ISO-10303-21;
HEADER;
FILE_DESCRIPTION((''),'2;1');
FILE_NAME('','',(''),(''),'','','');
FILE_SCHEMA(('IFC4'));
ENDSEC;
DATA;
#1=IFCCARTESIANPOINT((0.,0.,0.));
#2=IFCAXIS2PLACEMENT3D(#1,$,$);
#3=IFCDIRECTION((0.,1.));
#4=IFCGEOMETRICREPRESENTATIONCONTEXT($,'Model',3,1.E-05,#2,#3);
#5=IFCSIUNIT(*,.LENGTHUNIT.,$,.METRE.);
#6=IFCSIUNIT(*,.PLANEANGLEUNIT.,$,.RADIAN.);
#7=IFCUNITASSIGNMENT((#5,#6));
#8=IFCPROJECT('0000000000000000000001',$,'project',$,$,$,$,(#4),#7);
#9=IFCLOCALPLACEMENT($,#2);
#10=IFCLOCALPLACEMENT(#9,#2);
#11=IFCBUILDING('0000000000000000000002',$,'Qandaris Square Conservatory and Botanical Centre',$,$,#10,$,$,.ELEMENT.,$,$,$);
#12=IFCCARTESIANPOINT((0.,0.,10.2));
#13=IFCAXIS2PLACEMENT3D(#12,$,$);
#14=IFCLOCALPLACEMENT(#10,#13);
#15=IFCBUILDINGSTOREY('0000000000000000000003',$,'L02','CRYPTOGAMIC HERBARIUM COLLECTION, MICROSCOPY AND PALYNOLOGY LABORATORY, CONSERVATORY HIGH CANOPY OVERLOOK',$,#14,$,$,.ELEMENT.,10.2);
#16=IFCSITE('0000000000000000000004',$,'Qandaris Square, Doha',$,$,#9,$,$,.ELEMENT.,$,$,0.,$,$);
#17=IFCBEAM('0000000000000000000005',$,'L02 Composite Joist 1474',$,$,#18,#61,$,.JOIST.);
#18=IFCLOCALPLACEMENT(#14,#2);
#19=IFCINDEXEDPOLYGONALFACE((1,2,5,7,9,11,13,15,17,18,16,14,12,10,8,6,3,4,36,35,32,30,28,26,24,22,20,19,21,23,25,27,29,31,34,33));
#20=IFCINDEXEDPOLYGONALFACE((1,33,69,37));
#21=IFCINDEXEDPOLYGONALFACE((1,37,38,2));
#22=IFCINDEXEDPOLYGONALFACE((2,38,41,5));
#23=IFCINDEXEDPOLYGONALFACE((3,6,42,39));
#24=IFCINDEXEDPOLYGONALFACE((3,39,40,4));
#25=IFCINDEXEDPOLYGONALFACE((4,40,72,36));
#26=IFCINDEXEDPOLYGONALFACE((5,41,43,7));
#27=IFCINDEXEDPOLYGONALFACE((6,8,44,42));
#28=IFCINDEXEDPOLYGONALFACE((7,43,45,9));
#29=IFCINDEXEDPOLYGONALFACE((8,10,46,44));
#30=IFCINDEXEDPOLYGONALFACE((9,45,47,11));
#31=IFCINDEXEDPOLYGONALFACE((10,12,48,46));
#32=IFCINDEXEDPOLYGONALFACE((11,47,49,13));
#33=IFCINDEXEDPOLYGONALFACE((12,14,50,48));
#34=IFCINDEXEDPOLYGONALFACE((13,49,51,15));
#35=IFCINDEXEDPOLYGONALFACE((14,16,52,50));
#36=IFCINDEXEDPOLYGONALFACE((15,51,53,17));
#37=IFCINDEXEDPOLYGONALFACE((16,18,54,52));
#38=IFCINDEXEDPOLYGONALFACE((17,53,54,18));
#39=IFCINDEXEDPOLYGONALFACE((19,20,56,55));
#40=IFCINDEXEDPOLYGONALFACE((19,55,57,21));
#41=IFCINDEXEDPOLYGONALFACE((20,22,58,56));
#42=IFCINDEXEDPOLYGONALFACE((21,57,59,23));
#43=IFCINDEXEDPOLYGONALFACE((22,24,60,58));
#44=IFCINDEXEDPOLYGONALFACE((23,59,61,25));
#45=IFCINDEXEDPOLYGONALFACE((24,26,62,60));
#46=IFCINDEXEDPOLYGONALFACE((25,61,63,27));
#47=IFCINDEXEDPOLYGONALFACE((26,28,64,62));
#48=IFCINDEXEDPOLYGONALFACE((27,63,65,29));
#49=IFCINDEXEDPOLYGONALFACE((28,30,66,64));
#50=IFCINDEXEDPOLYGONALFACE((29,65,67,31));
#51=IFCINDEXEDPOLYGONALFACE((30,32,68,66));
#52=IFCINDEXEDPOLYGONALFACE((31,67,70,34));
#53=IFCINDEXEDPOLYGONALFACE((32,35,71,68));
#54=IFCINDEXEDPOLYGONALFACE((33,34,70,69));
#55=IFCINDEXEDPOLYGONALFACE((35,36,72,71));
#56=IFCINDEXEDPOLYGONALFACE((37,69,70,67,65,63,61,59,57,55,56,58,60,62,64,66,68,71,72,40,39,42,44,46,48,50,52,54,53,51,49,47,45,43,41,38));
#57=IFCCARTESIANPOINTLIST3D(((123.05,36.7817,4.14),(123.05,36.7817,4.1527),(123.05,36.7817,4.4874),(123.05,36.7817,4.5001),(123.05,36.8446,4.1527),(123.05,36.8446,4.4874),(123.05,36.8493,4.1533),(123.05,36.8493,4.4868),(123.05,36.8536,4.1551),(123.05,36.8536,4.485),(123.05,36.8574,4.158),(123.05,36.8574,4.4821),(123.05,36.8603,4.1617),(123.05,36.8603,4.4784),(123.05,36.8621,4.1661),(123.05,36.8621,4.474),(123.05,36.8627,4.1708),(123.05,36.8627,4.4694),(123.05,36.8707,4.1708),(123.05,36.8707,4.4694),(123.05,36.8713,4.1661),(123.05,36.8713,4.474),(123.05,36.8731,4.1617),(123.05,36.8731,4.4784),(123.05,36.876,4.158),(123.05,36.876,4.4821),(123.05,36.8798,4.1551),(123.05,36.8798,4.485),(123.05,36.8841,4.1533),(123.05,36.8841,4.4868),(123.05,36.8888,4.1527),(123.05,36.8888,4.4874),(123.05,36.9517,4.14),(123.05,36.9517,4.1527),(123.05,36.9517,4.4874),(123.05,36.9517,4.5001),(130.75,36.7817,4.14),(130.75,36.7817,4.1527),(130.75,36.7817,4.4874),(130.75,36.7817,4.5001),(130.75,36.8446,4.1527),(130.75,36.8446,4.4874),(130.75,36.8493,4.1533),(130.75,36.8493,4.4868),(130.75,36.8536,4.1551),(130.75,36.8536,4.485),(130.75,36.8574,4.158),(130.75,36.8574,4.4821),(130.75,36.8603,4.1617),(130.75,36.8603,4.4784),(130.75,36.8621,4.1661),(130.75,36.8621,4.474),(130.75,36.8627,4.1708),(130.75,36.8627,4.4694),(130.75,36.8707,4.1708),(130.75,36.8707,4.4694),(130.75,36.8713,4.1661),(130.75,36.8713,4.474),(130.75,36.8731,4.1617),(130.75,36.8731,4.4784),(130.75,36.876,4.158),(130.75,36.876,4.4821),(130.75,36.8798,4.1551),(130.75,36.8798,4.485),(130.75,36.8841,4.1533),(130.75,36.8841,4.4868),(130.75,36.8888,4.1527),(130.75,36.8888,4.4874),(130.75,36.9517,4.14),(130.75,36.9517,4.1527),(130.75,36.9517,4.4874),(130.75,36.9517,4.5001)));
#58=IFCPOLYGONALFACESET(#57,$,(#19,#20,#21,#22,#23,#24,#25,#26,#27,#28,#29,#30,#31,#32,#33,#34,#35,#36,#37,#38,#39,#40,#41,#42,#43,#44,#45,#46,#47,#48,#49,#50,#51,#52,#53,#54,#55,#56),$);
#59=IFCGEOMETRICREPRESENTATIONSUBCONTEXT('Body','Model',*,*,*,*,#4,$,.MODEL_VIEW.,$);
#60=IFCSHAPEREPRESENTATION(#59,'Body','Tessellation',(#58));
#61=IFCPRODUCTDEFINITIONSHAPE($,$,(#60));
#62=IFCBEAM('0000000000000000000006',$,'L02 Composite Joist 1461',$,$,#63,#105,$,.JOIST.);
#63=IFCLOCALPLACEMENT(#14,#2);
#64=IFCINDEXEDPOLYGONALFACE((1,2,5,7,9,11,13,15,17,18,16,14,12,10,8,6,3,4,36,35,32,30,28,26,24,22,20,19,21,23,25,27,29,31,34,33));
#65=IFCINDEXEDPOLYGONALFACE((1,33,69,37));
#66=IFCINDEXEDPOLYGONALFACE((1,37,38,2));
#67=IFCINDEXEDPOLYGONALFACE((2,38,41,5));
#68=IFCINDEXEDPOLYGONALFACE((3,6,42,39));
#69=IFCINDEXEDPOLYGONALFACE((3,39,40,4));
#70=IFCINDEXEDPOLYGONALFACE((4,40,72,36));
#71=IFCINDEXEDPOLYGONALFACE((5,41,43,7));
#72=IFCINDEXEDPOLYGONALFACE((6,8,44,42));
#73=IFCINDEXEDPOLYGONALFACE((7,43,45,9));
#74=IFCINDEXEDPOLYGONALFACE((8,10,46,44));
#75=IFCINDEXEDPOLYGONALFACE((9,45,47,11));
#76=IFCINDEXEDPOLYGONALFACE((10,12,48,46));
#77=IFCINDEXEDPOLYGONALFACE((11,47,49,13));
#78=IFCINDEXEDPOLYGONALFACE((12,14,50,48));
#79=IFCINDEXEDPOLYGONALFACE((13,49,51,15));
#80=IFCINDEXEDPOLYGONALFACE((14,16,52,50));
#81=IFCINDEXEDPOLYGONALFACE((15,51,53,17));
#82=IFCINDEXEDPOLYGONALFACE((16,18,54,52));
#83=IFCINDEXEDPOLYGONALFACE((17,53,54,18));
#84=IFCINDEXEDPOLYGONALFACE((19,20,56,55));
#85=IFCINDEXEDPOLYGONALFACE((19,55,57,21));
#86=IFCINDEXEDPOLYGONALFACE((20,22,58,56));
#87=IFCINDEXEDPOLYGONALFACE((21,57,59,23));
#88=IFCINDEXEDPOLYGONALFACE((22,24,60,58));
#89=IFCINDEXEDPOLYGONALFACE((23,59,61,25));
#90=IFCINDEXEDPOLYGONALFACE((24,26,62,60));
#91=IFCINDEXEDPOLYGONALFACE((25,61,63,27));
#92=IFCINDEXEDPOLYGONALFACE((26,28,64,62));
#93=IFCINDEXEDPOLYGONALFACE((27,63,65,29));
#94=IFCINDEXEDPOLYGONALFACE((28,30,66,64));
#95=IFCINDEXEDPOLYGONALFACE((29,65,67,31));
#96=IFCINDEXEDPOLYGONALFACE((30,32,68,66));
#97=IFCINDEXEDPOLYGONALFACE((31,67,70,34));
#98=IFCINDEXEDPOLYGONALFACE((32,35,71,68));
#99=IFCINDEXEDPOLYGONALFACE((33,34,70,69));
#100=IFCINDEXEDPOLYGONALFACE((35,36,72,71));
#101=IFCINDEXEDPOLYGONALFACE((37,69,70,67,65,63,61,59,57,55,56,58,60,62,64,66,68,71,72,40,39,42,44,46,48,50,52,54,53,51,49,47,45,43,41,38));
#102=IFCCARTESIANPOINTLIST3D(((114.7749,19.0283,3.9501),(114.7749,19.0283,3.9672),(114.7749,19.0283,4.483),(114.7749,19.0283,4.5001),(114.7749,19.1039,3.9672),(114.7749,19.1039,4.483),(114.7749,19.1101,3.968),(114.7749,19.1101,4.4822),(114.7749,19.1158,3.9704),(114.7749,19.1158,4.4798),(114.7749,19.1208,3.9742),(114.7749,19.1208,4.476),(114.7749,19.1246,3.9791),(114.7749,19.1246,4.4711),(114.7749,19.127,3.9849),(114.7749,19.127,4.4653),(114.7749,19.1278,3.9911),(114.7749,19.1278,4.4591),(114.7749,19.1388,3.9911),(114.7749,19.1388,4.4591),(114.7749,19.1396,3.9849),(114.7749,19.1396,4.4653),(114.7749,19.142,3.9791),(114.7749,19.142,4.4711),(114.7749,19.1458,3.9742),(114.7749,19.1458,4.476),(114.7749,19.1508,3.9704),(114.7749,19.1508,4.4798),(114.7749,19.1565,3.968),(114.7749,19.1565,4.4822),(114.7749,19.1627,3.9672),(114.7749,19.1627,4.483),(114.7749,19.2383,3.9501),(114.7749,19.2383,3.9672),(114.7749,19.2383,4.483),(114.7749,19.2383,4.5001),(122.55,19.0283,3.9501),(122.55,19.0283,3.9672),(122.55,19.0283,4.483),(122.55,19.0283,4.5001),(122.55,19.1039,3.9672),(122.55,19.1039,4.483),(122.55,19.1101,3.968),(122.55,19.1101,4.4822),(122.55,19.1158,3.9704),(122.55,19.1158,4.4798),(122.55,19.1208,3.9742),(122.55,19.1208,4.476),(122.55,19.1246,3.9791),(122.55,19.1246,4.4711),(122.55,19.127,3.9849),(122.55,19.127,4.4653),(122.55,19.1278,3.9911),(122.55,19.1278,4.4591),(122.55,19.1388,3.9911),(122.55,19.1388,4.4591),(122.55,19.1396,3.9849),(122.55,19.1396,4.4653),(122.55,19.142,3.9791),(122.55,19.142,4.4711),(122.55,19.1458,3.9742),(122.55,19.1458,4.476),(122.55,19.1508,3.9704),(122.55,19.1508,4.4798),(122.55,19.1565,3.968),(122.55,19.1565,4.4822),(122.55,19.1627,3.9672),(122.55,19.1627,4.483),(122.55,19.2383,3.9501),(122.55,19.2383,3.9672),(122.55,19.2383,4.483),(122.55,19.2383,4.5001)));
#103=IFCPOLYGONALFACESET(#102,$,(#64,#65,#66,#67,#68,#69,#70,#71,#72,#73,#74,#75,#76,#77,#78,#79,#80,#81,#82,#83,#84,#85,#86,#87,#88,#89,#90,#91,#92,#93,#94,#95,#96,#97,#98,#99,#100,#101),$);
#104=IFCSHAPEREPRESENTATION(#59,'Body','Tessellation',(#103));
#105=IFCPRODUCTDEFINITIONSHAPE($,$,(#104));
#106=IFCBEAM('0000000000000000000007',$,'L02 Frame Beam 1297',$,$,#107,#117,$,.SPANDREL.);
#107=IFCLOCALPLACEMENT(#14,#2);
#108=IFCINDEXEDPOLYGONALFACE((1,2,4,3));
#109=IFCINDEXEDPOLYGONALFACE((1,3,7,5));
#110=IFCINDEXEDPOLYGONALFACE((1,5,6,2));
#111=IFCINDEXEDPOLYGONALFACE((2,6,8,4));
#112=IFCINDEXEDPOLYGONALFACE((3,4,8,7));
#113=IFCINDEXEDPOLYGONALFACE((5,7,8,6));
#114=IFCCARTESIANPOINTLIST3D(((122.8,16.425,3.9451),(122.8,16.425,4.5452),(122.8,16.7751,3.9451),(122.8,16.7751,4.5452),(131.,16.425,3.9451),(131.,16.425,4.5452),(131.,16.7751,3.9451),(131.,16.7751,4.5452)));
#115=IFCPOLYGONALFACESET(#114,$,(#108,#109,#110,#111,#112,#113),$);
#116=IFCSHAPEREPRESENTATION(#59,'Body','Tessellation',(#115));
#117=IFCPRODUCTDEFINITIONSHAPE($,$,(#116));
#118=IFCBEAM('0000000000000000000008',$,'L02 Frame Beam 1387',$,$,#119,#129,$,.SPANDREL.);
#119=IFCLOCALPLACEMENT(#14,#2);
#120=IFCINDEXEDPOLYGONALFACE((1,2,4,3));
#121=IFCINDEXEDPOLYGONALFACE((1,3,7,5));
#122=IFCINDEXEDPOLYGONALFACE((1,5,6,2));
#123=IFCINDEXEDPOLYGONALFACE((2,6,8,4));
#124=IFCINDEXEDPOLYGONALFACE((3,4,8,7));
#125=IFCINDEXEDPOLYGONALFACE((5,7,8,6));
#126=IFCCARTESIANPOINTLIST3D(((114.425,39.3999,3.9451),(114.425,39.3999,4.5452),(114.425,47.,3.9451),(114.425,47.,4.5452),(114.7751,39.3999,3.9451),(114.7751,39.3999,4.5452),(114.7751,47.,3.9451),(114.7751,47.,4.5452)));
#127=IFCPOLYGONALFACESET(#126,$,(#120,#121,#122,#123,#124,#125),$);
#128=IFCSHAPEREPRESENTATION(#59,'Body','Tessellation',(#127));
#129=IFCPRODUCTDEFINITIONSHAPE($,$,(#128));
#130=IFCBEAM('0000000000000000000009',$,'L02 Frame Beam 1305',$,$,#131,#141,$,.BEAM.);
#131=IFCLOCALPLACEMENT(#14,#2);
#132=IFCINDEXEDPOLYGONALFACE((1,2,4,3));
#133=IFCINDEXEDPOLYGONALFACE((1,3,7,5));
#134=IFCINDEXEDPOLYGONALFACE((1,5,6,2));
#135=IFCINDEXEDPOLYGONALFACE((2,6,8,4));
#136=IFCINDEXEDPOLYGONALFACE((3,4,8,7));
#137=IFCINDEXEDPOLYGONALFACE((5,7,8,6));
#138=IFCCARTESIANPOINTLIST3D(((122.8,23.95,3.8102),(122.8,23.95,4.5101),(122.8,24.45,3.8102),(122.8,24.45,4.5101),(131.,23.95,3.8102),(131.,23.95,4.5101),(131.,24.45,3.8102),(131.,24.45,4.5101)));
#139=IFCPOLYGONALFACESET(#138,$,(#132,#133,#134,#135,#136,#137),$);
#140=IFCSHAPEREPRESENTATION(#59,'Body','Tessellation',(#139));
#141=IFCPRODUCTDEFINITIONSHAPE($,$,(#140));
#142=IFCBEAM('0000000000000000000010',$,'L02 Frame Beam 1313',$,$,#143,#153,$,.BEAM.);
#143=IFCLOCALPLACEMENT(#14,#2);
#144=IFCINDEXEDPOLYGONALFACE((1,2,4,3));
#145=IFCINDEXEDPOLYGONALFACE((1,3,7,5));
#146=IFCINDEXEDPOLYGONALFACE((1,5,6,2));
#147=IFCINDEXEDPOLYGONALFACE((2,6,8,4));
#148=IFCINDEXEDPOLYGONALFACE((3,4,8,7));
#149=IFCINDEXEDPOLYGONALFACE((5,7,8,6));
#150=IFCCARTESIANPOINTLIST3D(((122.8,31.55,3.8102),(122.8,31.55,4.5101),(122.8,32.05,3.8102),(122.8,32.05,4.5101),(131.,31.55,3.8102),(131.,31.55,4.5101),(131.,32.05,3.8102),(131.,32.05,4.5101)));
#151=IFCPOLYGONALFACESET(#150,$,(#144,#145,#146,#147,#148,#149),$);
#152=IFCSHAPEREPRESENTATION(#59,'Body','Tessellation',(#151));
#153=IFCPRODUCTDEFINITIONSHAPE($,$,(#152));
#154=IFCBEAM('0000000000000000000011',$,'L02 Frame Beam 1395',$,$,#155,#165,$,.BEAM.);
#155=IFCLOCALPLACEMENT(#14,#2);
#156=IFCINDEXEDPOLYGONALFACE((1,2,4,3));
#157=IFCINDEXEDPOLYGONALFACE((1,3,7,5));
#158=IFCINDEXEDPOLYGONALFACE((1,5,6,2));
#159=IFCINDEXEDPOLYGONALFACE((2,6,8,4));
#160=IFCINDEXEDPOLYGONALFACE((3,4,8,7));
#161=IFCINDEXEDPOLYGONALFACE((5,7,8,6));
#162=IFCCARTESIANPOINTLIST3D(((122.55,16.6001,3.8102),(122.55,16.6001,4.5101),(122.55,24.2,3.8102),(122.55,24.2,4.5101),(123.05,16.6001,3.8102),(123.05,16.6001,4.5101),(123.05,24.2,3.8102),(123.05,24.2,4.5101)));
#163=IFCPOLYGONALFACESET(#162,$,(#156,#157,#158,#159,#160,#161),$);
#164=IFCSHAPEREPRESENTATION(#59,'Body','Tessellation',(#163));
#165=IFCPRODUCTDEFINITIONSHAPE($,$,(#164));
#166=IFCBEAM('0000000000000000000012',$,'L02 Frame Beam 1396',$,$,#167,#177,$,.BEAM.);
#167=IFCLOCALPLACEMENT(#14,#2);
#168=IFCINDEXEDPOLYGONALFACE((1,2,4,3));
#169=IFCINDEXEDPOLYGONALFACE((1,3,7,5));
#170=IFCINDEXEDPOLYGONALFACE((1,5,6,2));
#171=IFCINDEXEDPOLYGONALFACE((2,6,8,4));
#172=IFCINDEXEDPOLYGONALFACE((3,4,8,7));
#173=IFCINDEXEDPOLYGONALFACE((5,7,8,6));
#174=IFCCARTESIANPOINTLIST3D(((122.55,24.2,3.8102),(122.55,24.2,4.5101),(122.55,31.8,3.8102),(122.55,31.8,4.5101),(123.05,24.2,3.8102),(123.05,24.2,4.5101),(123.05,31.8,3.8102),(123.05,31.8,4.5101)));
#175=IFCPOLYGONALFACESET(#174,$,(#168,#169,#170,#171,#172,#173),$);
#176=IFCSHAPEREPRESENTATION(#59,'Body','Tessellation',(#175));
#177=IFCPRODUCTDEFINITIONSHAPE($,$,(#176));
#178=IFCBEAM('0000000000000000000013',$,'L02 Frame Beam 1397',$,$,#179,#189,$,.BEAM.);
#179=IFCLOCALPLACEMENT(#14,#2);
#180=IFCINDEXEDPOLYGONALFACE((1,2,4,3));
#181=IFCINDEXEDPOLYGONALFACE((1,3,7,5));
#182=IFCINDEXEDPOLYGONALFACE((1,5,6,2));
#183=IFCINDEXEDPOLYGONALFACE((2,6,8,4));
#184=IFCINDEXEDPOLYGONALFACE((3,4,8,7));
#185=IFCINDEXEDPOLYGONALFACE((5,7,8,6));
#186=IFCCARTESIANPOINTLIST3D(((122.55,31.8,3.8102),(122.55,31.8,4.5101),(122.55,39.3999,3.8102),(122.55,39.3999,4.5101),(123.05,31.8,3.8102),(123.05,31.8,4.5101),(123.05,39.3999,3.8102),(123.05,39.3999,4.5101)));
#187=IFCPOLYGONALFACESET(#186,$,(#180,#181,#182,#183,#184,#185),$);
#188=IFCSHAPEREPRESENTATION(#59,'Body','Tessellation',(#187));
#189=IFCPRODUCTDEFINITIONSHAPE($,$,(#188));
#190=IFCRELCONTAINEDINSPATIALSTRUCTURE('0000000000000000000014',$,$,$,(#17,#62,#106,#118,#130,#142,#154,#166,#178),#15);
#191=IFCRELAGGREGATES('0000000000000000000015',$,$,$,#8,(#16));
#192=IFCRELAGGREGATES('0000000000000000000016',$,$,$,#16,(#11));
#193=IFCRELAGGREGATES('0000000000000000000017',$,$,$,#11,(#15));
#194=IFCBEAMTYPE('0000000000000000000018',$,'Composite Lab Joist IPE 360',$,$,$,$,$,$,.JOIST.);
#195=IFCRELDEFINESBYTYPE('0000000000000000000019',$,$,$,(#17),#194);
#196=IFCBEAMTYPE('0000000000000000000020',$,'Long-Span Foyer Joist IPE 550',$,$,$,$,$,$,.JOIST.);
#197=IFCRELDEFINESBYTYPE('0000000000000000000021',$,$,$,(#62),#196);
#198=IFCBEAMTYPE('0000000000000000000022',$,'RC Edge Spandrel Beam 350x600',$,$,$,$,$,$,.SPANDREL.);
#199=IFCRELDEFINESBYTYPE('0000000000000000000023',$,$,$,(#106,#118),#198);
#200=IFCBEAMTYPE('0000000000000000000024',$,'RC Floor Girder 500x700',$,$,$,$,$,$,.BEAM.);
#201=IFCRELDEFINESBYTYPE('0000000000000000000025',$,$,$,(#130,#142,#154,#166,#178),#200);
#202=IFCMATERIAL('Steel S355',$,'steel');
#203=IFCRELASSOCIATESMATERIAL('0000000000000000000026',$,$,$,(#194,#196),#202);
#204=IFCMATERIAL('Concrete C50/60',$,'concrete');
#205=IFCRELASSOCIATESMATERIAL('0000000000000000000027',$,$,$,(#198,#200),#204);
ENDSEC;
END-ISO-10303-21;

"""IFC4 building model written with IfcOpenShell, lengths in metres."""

from ifc_helpers import new_model, si_unit, direction, frame, origin, origin_2d, place, context, subcontext, project, spatial, rectangle, i_section, extrude, material, material_profile, profile_set, type_object, element, save


model = new_model("IFC4")

# Units and contexts
model_context = context("Model", 3, precision=1e-05, world=origin(), true_north=direction((0.0, 1.0)))
body_context = subcontext(model_context, "Body", "Model", "MODEL_VIEW")
ifc_project = project(units=[si_unit("LENGTHUNIT", "METRE"), si_unit("PLANEANGLEUNIT", "RADIAN")], contexts=[model_context])

# Site, building, storey
site_placement = place(None, origin())
site = spatial("IfcSite", under=ifc_project, at=site_placement, Name="Qandaris Square, Doha", CompositionType="ELEMENT", RefElevation=0.0)
building_placement = place(site_placement, origin())
building = spatial("IfcBuilding", under=site, at=building_placement, Name="Qandaris Square Conservatory and Botanical Centre", CompositionType="ELEMENT")
storey_placement = place(building_placement, frame((0.0, 0.0, 10.2)))
storey = spatial("IfcBuildingStorey", under=building, at=storey_placement, Name="L02", Description="CRYPTOGAMIC HERBARIUM COLLECTION, MICROSCOPY AND PALYNOLOGY LABORATORY, CONSERVATORY HIGH CANOPY OVERLOOK", CompositionType="ELEMENT", Elevation=10.2)

# Shared definitions
ifc_material_1 = material(Name="Concrete C50/60", Category="concrete")

# Beams
ifc_material_2 = material(Name="Steel S355", Category="steel")
ifc_material_profile_1 = material_profile(ifc_material_2, i_section(OverallWidth=0.1699, OverallDepth=0.3601, WebThickness=0.0081, FlangeThickness=0.0127, FilletRadius=0.0181, at=origin_2d()), Name="IPE 360")
ifc_profile_set_1 = profile_set([ifc_material_profile_1], Name="Steel S355")
beam_type_1 = type_object("IfcBeamType", Name="Composite Lab Joist IPE 360", PredefinedType="JOIST", material=ifc_profile_set_1)
beam_1_placement = place(storey_placement, frame((123.05, 36.8667, 4.3201), z_axis=(1.0, 0.0, 0.0), x_axis=(0.0, 1.0, 0.0)))
element("IfcBeam", 1, at=beam_1_placement, inside=storey, type_object=beam_type_1, Name="L02 Composite Joist 1474", PredefinedType="JOIST", context=body_context, shape_type="SweptSolid", body=[
    extrude(i_section(OverallWidth=0.1699, OverallDepth=0.3601, WebThickness=0.0081, FlangeThickness=0.0127, FilletRadius=0.0181, at=origin_2d()), origin(), (0.0, 0.0, 1.0), 7.7),
])
ifc_material_profile_2 = material_profile(ifc_material_2, i_section(OverallWidth=0.21, OverallDepth=0.55, WebThickness=0.011, FlangeThickness=0.0171, FilletRadius=0.0239, at=origin_2d()), Name="IPE 550")
ifc_profile_set_2 = profile_set([ifc_material_profile_2], Name="Steel S355")
beam_type_2 = type_object("IfcBeamType", Name="Long-Span Foyer Joist IPE 550", PredefinedType="JOIST", material=ifc_profile_set_2)
beam_2_placement = place(storey_placement, frame((114.7749, 19.1333, 4.2251), z_axis=(1.0, 0.0, 0.0), x_axis=(0.0, 1.0, 0.0)))
element("IfcBeam", 2, at=beam_2_placement, inside=storey, type_object=beam_type_2, Name="L02 Composite Joist 1461", PredefinedType="JOIST", context=body_context, shape_type="SweptSolid", body=[
    extrude(i_section(OverallWidth=0.21, OverallDepth=0.55, WebThickness=0.011, FlangeThickness=0.0171, FilletRadius=0.0239, at=origin_2d()), origin(), (0.0, 0.0, 1.0), 7.7751),
])
ifc_material_profile_3 = material_profile(ifc_material_1, rectangle(XDim=0.3501, YDim=0.6001, at=origin_2d()), Name="RC-SP 350x600")
ifc_profile_set_3 = profile_set([ifc_material_profile_3], Name="Concrete C50/60")
beam_type_3 = type_object("IfcBeamType", Name="RC Edge Spandrel Beam 350x600", PredefinedType="SPANDREL", material=ifc_profile_set_3)
beam_3_placement = place(storey_placement, frame((122.8, 16.6001, 4.2451), z_axis=(1.0, 0.0, 0.0), x_axis=(0.0, 1.0, 0.0)))
element("IfcBeam", 3, at=beam_3_placement, inside=storey, type_object=beam_type_3, Name="L02 Frame Beam 1297", PredefinedType="SPANDREL", context=body_context, shape_type="SweptSolid", body=[
    extrude(rectangle(XDim=0.3501, YDim=0.6001, at=origin_2d()), origin(), (0.0, 0.0, 1.0), 8.2),
])
beam_4_placement = place(storey_placement, frame((114.6001, 39.3999, 4.2451), z_axis=(0.0, 1.0, 0.0), x_axis=(-1.0, 0.0, 0.0)))
element("IfcBeam", 4, at=beam_4_placement, inside=storey, type_object=beam_type_3, Name="L02 Frame Beam 1387", PredefinedType="SPANDREL", context=body_context, shape_type="SweptSolid", body=[
    extrude(rectangle(XDim=0.3501, YDim=0.6001, at=origin_2d()), origin(), (0.0, 0.0, 1.0), 7.6001),
])
ifc_material_profile_4 = material_profile(ifc_material_1, rectangle(XDim=0.5, YDim=0.7, at=origin_2d()), Name="RC-BM 500x700")
ifc_profile_set_4 = profile_set([ifc_material_profile_4], Name="Concrete C50/60")
beam_type_4 = type_object("IfcBeamType", Name="RC Floor Girder 500x700", PredefinedType="BEAM", material=ifc_profile_set_4)
for number, where, z_axis, x_axis, name in (
    (5, (122.8, 24.2, 4.1602), (1.0, 0.0, 0.0), (0.0, 1.0, 0.0), "L02 Frame Beam 1305"),
    (6, (122.8, 31.8, 4.1602), (1.0, 0.0, 0.0), (0.0, 1.0, 0.0), "L02 Frame Beam 1313"),
):
    element("IfcBeam", number, at=place(storey_placement, frame(where, z_axis=z_axis, x_axis=x_axis)), inside=storey, type_object=beam_type_4, Name=name, PredefinedType="BEAM", context=body_context, shape_type="SweptSolid", body=[
        extrude(rectangle(XDim=0.5, YDim=0.7, at=origin_2d()), origin(), (0.0, 0.0, 1.0), 8.2),
    ])
beam_5_placement = place(storey_placement, frame((122.8, 16.6001, 4.1602), z_axis=(0.0, 1.0, 0.0), x_axis=(-1.0, 0.0, 0.0)))
element("IfcBeam", 7, at=beam_5_placement, inside=storey, type_object=beam_type_4, Name="L02 Frame Beam 1395", PredefinedType="BEAM", context=body_context, shape_type="SweptSolid", body=[
    extrude(rectangle(XDim=0.5, YDim=0.7, at=origin_2d()), origin(), (0.0, 0.0, 1.0), 7.5999),
])
beam_6_placement = place(storey_placement, frame((122.8, 24.2, 4.1602), z_axis=(0.0, 1.0, 0.0), x_axis=(-1.0, 0.0, 0.0)))
element("IfcBeam", 8, at=beam_6_placement, inside=storey, type_object=beam_type_4, Name="L02 Frame Beam 1396", PredefinedType="BEAM", context=body_context, shape_type="SweptSolid", body=[
    extrude(rectangle(XDim=0.5, YDim=0.7, at=origin_2d()), origin(), (0.0, 0.0, 1.0), 7.6001),
])
beam_7_placement = place(storey_placement, frame((122.8, 31.8, 4.1602), z_axis=(0.0, 1.0, 0.0), x_axis=(-1.0, 0.0, 0.0)))
element("IfcBeam", 9, at=beam_7_placement, inside=storey, type_object=beam_type_4, Name="L02 Frame Beam 1397", PredefinedType="BEAM", context=body_context, shape_type="SweptSolid", body=[
    extrude(rectangle(XDim=0.5, YDim=0.7, at=origin_2d()), origin(), (0.0, 0.0, 1.0), 7.5999),
])

save(model, "model.ifc")
